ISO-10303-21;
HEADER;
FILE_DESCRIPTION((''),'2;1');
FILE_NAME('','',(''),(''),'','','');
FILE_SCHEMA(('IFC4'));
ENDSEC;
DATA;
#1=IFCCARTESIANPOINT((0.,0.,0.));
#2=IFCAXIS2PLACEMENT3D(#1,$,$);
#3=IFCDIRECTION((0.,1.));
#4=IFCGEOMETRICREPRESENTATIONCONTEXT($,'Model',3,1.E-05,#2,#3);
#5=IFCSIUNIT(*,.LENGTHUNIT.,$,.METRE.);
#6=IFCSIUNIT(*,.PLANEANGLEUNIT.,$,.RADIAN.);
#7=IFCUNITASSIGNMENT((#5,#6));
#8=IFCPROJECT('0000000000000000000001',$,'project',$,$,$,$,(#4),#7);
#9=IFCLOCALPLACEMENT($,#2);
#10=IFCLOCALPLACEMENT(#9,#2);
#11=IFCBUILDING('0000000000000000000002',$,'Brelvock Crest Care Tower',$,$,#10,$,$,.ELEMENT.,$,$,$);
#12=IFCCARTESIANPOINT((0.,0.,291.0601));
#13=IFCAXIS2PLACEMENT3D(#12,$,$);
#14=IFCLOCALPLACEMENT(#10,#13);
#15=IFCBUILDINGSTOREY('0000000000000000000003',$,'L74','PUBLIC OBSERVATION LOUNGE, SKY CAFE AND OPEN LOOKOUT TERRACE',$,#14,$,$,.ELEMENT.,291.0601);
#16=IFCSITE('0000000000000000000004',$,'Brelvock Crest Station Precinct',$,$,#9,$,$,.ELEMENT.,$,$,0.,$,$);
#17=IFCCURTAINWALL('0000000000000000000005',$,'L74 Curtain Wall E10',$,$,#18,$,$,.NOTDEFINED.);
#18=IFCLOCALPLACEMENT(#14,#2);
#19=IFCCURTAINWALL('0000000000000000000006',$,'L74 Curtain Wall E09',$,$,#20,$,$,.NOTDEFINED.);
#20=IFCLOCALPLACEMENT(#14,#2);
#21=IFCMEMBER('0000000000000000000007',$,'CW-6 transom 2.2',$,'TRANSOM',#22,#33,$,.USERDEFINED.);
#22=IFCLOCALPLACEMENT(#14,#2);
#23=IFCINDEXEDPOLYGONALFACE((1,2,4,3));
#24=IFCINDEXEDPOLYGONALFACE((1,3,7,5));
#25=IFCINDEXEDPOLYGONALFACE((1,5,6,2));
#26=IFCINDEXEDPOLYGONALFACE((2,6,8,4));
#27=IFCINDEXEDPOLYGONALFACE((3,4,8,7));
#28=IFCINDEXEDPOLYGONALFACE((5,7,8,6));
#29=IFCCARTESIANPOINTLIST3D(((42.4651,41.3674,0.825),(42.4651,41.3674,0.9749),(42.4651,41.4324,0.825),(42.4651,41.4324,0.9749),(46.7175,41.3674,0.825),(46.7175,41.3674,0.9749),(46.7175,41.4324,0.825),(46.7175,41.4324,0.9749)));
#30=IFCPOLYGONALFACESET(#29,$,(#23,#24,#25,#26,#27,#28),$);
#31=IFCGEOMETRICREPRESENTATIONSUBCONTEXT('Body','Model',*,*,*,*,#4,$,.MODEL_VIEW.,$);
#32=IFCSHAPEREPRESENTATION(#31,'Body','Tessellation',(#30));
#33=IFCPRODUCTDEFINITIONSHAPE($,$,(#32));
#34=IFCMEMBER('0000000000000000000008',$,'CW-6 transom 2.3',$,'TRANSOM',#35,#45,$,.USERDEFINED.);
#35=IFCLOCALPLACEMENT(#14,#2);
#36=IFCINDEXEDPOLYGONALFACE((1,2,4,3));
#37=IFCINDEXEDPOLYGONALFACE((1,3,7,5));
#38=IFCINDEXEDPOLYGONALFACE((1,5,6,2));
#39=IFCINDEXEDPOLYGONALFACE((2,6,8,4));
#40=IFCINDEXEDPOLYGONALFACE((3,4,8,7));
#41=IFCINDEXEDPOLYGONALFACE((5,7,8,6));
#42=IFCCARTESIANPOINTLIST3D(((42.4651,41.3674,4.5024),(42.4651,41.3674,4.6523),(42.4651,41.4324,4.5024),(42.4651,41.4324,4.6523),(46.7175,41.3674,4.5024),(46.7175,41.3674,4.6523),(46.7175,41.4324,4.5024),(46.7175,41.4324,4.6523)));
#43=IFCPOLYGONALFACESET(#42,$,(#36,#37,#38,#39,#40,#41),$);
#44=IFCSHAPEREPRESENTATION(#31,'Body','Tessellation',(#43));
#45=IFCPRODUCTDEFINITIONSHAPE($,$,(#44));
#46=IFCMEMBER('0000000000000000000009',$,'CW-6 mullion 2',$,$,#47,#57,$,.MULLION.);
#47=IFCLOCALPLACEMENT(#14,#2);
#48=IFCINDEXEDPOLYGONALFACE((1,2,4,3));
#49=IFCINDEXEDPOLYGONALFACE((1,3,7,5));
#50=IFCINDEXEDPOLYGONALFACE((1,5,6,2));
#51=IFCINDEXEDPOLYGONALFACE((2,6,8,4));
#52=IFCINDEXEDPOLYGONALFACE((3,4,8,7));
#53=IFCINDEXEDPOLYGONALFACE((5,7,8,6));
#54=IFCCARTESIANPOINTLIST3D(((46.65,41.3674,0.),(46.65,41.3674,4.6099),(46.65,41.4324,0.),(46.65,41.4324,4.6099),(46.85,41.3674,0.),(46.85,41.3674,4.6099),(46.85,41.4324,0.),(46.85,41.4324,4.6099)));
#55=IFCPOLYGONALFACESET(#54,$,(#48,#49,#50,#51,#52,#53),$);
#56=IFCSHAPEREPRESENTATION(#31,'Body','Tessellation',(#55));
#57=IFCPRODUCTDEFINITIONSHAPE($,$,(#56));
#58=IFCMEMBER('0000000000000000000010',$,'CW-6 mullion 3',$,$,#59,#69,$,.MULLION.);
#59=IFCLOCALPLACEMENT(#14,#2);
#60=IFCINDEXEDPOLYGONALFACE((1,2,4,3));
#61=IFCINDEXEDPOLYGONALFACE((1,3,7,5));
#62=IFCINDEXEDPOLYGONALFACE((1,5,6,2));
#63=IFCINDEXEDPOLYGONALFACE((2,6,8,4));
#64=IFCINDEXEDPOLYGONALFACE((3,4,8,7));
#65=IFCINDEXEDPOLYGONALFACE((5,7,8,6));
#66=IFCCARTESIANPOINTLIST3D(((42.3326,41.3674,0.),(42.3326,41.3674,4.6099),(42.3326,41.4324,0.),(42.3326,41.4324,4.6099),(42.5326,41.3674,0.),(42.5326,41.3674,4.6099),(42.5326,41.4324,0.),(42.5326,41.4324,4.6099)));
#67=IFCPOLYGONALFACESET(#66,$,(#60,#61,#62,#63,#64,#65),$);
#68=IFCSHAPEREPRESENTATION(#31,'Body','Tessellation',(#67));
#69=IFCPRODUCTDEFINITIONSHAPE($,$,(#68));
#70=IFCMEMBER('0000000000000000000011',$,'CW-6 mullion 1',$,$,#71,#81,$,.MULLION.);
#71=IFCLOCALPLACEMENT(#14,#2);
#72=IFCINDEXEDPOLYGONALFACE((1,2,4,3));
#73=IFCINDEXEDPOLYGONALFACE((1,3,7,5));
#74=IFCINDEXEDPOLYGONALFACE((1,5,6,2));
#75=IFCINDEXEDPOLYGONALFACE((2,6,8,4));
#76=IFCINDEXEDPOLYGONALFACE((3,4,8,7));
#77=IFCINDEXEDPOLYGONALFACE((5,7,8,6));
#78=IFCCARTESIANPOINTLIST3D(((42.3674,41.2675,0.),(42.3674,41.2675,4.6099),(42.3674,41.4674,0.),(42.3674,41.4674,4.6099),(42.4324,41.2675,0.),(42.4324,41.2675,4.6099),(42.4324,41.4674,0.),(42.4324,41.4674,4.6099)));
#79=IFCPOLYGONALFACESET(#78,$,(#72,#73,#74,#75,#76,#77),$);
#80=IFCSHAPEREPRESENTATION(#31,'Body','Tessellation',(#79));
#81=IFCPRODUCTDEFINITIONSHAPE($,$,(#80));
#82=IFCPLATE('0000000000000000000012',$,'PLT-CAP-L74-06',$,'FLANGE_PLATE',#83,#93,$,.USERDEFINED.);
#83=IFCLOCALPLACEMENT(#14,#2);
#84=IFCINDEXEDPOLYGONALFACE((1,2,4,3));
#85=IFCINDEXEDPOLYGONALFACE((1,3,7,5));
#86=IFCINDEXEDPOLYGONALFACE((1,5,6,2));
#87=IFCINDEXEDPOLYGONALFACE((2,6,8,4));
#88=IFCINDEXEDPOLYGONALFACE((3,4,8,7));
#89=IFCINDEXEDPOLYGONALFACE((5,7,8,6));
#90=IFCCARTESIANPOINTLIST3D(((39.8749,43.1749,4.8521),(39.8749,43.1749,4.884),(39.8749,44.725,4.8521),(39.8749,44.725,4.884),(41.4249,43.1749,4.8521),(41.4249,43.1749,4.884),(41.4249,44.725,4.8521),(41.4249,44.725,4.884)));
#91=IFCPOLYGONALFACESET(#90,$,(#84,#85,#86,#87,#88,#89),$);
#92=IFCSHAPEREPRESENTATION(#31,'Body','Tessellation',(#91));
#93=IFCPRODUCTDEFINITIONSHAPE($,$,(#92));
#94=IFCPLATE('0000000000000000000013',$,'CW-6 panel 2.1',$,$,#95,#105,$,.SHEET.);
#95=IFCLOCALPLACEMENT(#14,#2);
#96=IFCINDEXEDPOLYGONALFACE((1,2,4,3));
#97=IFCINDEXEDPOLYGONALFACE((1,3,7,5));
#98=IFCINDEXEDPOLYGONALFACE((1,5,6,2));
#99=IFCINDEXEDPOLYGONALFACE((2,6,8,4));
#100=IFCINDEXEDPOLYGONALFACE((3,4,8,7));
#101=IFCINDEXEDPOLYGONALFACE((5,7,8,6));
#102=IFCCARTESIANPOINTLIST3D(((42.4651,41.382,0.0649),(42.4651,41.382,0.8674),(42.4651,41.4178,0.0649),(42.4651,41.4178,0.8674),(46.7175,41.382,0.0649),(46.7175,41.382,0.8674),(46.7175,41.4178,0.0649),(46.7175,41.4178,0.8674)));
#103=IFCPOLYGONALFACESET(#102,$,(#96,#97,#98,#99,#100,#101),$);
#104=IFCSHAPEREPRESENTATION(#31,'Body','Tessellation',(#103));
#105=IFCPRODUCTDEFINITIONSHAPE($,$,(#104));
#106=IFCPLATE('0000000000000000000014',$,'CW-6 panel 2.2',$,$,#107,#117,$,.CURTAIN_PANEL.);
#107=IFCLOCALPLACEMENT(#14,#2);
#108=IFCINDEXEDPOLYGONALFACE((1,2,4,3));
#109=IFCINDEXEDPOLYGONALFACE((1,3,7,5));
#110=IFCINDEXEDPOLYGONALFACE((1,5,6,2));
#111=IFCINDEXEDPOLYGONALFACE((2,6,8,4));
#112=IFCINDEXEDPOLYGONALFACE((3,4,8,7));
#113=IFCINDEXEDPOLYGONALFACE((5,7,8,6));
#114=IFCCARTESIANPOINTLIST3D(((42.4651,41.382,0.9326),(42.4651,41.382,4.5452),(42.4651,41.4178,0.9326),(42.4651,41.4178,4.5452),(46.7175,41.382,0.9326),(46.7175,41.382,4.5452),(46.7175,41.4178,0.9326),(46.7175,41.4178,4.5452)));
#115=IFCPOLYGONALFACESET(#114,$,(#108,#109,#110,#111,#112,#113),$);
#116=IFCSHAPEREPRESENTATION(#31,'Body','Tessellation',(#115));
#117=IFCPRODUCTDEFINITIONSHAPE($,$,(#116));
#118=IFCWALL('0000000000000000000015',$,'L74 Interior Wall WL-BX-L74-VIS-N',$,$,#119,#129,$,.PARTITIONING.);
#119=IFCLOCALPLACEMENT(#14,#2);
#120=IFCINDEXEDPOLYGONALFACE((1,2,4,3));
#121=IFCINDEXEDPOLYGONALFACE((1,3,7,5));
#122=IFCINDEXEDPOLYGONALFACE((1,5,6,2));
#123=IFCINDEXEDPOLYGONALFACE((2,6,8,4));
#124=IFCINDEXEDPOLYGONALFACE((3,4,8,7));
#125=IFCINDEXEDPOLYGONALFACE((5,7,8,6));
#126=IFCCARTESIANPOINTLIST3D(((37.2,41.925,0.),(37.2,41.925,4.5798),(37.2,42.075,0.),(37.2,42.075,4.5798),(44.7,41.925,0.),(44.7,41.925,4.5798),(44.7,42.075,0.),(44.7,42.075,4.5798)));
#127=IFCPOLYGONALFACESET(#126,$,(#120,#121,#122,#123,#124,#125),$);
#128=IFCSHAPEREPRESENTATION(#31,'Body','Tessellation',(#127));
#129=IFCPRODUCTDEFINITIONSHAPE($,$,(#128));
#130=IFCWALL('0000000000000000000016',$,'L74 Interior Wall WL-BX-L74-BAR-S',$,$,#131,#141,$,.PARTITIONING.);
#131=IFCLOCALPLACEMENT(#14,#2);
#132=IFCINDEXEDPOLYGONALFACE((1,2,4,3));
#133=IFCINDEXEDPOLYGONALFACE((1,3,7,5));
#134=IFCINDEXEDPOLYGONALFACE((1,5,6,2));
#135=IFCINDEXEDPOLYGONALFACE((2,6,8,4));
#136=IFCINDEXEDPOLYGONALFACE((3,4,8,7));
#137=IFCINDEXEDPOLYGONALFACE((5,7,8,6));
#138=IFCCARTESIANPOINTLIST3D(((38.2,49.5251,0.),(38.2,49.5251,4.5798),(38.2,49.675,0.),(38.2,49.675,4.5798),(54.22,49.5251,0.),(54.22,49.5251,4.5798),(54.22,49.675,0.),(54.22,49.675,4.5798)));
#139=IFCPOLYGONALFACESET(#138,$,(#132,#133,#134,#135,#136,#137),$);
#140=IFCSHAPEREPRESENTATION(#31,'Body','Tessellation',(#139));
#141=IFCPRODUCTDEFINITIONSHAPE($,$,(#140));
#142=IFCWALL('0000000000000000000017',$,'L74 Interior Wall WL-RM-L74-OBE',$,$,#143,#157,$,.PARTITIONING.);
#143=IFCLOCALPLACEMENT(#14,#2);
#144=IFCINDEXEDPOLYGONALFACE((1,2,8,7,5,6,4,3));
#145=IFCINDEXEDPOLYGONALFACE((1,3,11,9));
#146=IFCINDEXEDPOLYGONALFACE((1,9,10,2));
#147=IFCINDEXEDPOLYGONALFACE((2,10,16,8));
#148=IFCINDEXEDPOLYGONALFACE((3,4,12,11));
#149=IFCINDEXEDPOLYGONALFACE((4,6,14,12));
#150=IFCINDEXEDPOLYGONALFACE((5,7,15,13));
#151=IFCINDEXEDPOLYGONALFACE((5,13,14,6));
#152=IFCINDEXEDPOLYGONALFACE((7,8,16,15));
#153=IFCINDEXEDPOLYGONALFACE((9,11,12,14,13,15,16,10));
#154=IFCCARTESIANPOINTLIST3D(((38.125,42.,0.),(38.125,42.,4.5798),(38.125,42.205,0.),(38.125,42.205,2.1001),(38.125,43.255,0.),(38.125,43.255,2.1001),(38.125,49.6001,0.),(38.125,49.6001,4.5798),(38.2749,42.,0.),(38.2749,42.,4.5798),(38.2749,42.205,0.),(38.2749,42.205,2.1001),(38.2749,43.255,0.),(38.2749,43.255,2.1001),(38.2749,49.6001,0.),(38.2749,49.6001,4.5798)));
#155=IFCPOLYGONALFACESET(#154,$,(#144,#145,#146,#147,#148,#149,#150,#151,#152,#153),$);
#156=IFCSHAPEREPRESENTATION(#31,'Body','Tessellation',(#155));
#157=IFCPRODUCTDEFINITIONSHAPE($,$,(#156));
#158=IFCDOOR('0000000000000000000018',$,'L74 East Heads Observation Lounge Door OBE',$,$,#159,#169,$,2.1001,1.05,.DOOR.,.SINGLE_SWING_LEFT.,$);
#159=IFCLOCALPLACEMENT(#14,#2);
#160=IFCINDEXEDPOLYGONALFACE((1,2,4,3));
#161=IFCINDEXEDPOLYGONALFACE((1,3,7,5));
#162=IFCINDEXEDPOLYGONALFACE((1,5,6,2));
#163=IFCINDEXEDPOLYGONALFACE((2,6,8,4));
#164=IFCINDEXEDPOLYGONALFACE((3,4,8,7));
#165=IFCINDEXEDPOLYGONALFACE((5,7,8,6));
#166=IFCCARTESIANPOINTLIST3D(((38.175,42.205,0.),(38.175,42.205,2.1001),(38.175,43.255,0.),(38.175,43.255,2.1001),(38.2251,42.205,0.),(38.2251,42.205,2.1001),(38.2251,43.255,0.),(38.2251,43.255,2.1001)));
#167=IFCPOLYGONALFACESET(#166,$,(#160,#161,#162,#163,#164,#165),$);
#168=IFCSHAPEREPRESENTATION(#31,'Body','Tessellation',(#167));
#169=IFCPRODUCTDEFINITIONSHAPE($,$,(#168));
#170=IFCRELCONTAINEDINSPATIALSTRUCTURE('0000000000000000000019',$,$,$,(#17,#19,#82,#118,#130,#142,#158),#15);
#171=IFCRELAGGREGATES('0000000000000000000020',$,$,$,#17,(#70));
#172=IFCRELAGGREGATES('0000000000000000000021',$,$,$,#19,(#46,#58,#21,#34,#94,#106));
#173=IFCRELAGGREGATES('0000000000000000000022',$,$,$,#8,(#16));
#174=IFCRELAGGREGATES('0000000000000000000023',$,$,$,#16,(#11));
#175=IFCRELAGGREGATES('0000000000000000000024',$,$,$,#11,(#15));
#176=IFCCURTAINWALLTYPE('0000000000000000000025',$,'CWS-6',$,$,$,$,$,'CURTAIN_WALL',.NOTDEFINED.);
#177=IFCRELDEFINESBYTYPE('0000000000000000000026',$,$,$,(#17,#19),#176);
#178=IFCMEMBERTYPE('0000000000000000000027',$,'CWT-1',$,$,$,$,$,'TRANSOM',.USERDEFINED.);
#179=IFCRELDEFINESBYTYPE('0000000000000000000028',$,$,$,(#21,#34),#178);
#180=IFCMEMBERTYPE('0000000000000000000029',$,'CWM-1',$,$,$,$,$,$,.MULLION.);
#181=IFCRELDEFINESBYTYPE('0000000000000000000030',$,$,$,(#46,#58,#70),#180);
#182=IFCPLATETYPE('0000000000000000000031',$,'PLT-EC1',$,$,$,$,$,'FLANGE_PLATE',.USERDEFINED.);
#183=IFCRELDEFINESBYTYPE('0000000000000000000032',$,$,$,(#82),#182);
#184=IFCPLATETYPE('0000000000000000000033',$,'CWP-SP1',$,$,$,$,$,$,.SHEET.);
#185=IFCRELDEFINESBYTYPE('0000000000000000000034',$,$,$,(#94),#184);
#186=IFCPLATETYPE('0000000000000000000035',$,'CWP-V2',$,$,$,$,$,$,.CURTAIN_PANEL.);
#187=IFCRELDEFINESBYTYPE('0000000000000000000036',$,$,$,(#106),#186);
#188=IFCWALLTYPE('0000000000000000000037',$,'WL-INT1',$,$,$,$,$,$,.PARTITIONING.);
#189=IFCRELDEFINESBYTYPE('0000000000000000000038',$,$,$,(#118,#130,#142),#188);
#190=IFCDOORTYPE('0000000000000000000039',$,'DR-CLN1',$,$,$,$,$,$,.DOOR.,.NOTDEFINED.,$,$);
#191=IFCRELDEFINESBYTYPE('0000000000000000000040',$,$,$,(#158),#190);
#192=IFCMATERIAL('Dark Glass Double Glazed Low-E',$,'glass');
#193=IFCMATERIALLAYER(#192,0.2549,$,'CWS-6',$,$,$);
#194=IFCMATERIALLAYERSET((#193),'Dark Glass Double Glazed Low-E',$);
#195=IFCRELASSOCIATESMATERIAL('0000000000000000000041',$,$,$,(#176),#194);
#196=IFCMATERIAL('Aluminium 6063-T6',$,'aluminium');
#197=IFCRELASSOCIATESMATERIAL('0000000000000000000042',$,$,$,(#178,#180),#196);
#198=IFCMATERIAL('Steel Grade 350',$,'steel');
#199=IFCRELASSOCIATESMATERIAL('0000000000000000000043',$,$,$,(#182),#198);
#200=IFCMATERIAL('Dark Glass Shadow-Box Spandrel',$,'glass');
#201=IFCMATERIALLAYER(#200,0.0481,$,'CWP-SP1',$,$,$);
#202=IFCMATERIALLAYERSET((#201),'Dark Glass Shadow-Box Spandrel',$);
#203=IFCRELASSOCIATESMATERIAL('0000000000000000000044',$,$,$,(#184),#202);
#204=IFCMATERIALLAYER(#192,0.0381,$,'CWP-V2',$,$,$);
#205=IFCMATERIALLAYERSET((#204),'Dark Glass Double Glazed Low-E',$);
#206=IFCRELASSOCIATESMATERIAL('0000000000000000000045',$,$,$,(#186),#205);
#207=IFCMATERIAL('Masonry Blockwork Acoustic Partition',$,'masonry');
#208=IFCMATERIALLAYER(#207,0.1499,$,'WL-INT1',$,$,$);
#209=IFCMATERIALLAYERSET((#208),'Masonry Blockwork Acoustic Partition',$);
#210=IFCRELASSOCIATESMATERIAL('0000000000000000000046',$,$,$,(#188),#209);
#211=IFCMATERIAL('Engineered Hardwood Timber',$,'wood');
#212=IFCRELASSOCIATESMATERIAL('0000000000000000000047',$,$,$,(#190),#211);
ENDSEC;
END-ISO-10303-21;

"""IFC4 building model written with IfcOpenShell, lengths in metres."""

from ifc_helpers import new_model, si_unit, direction, frame, frame_2d, origin, origin_2d, place, context, subcontext, project, spatial, rectangle, extrude, source, transform, mapped, material, layer, layer_set, material_profile, profile_set, type_object, element, fill, aggregate, save


model = new_model("IFC4")

# Units and contexts
model_context = context("Model", 3, precision=1e-05, world=origin(), true_north=direction((0.0, 1.0)))
body_context = subcontext(model_context, "Body", "Model", "MODEL_VIEW")
ifc_project = project(units=[si_unit("LENGTHUNIT", "METRE"), si_unit("PLANEANGLEUNIT", "RADIAN")], contexts=[model_context])

# Site, building, storey
site_placement = place(None, origin())
site = spatial("IfcSite", under=ifc_project, at=site_placement, Name="Brelvock Crest Station Precinct", CompositionType="ELEMENT", RefElevation=0.0)
building_placement = place(site_placement, origin())
building = spatial("IfcBuilding", under=site, at=building_placement, Name="Brelvock Crest Care Tower", CompositionType="ELEMENT")
storey_placement = place(building_placement, frame((0.0, 0.0, 291.0601)))
storey = spatial("IfcBuildingStorey", under=building, at=storey_placement, Name="L74", Description="PUBLIC OBSERVATION LOUNGE, SKY CAFE AND OPEN LOOKOUT TERRACE", CompositionType="ELEMENT", Elevation=291.0601)

# Shared definitions
ifc_material_1 = material(Name="Steel Grade 350", Category="steel")

# Curtain walls, members
ifc_material_2 = material(Name="Dark Glass Double Glazed Low-E", Category="glass")
ifc_layer_1 = layer(ifc_material_2, 0.2549, Name="CWS-6")
ifc_layer_set_1 = layer_set([ifc_layer_1], Name="Dark Glass Double Glazed Low-E")
curtain_wall_type = type_object("IfcCurtainWallType", Name="CWS-6", ElementType="CURTAIN_WALL", PredefinedType="NOTDEFINED", material=ifc_layer_set_1)
curtain_wall_1_placement = place(storey_placement, origin())
curtain_wall_1 = element("IfcCurtainWall", 1, at=curtain_wall_1_placement, inside=storey, type_object=curtain_wall_type, Name="L74 Curtain Wall E10", PredefinedType="NOTDEFINED")
ifc_material_3 = material(Name="Aluminium 6063-T6", Category="aluminium")
ifc_material_profile_1 = material_profile(ifc_material_3, rectangle(XDim=0.0649, YDim=0.1499, at=origin_2d()), Name="ALU65x150")
ifc_profile_set_1 = profile_set([ifc_material_profile_1], Name="Aluminium 6063-T6")
member_type_1 = type_object("IfcMemberType", Name="CWT-1", ElementType="TRANSOM", PredefinedType="USERDEFINED", material=ifc_profile_set_1)
curtain_wall_2_placement = place(storey_placement, origin())
curtain_wall_2 = element("IfcCurtainWall", 2, at=curtain_wall_2_placement, inside=storey, type_object=curtain_wall_type, Name="L74 Curtain Wall E09", PredefinedType="NOTDEFINED")
shared_shape_1 = source(origin(), body_context, "Body", "SweptSolid", [
    extrude(rectangle(XDim=0.0649, YDim=0.1499, at=origin_2d()), origin(), (0.0, 0.0, 1.0), 4.2524),
])
member_1_placement = place(storey_placement, frame((46.7175, 41.3999, 0.8999), z_axis=(-1.0, 0.0, 0.0), x_axis=(0.0, -1.0, 0.0)))
member_1 = element("IfcMember", 3, at=member_1_placement, type_object=member_type_1, Name="CW-6 transom 2.2", ObjectType="TRANSOM", PredefinedType="USERDEFINED", context=body_context, shape_type="MappedRepresentation", body=[
    mapped(shared_shape_1, transform((0.0, 0.0, 0.0), x_axis=(1.0, 0.0, 0.0), y_axis=(0.0, 1.0, 0.0), z_axis=(0.0, 0.0, 1.0), scale=1.0)),
])
member_2_placement = place(storey_placement, frame((46.7175, 41.3999, 4.5774), z_axis=(-1.0, 0.0, 0.0), x_axis=(0.0, -1.0, 0.0)))
member_2 = element("IfcMember", 4, at=member_2_placement, type_object=member_type_1, Name="CW-6 transom 2.3", ObjectType="TRANSOM", PredefinedType="USERDEFINED", context=body_context, shape_type="MappedRepresentation", body=[
    mapped(shared_shape_1, transform((0.0, 0.0, 0.0), x_axis=(1.0, 0.0, 0.0), y_axis=(0.0, 1.0, 0.0), z_axis=(0.0, 0.0, 1.0), scale=1.0)),
])
ifc_material_profile_2 = material_profile(ifc_material_3, rectangle(XDim=0.0649, YDim=0.2, at=origin_2d()), Name="ALU65x200")
ifc_profile_set_2 = profile_set([ifc_material_profile_2], Name="Aluminium 6063-T6")
member_type_2 = type_object("IfcMemberType", Name="CWM-1", PredefinedType="MULLION", material=ifc_profile_set_2)
shared_shape_2 = source(origin(), body_context, "Body", "SweptSolid", [
    extrude(rectangle(XDim=0.0649, YDim=0.2, at=origin_2d()), origin(), (0.0, 0.0, 1.0), 4.6099),
])
member_3_placement = place(storey_placement, frame((46.75, 41.3999, 0.0), z_axis=(0.0, 0.0, 1.0), x_axis=(0.0, -1.0, 0.0)))
member_3 = element("IfcMember", 5, at=member_3_placement, type_object=member_type_2, Name="CW-6 mullion 2", PredefinedType="MULLION", context=body_context, shape_type="MappedRepresentation", body=[
    mapped(shared_shape_2, transform((0.0, 0.0, 0.0), x_axis=(1.0, 0.0, 0.0), y_axis=(0.0, 1.0, 0.0), z_axis=(0.0, 0.0, 1.0), scale=1.0)),
])
member_4_placement = place(storey_placement, frame((42.4326, 41.3999, 0.0), z_axis=(0.0, 0.0, 1.0), x_axis=(0.0, -1.0, 0.0)))
member_4 = element("IfcMember", 6, at=member_4_placement, type_object=member_type_2, Name="CW-6 mullion 3", PredefinedType="MULLION", context=body_context, shape_type="MappedRepresentation", body=[
    mapped(shared_shape_2, transform((0.0, 0.0, 0.0), x_axis=(1.0, 0.0, 0.0), y_axis=(0.0, 1.0, 0.0), z_axis=(0.0, 0.0, 1.0), scale=1.0)),
])

# Member
member_5_placement = place(storey_placement, frame((42.3999, 41.3674, 0.0), z_axis=(0.0, 0.0, 1.0), x_axis=(1.0, 0.0, 0.0)))
member_5 = element("IfcMember", 7, at=member_5_placement, type_object=member_type_2, Name="CW-6 mullion 1", PredefinedType="MULLION", context=body_context, shape_type="MappedRepresentation", body=[
    mapped(shared_shape_2, transform((0.0, 0.0, 0.0), x_axis=(1.0, 0.0, 0.0), y_axis=(0.0, 1.0, 0.0), z_axis=(0.0, 0.0, 1.0), scale=1.0)),
])
aggregate(curtain_wall_1, [member_5])

# Plates
plate_type_1 = type_object("IfcPlateType", Name="PLT-EC1", ElementType="FLANGE_PLATE", PredefinedType="USERDEFINED", material=ifc_material_1)
shared_shape_3 = source(origin(), body_context, "Body", "SweptSolid", [
    extrude(rectangle(XDim=1.55, YDim=1.55, at=origin_2d()), origin(), (0.0, 0.0, 1.0), 0.032),
])
plate_1_placement = place(storey_placement, frame((40.6499, 43.95, 4.8521), z_axis=(0.0, 0.0, 1.0), x_axis=(1.0, 0.0, 0.0)))
element("IfcPlate", 8, at=plate_1_placement, inside=storey, type_object=plate_type_1, Name="PLT-CAP-L74-06", ObjectType="FLANGE_PLATE", PredefinedType="USERDEFINED", context=body_context, shape_type="MappedRepresentation", body=[
    mapped(shared_shape_3, transform((0.0, 0.0, 0.0), x_axis=(1.0, 0.0, 0.0), y_axis=(0.0, 1.0, 0.0), z_axis=(0.0, 0.0, 1.0), scale=1.0)),
])
ifc_material_4 = material(Name="Dark Glass Shadow-Box Spandrel", Category="glass")
ifc_layer_2 = layer(ifc_material_4, 0.0481, Name="CWP-SP1")
ifc_layer_set_2 = layer_set([ifc_layer_2], Name="Dark Glass Shadow-Box Spandrel")
plate_type_2 = type_object("IfcPlateType", Name="CWP-SP1", PredefinedType="SHEET", material=ifc_layer_set_2)
shared_shape_4 = source(origin(), body_context, "Body", "SweptSolid", [
    extrude(rectangle(XDim=4.2524, YDim=0.0359, at=origin_2d()), origin(), (0.0, 0.0, 1.0), 0.8025),
])
plate_2_placement = place(storey_placement, frame((44.5913, 41.3999, 0.0649), z_axis=(0.0, 0.0, 1.0), x_axis=(-1.0, 0.0, 0.0)))
plate_2 = element("IfcPlate", 9, at=plate_2_placement, type_object=plate_type_2, Name="CW-6 panel 2.1", PredefinedType="SHEET", context=body_context, shape_type="MappedRepresentation", body=[
    mapped(shared_shape_4, transform((0.0, 0.0, 0.0), x_axis=(1.0, 0.0, 0.0), y_axis=(0.0, 1.0, 0.0), z_axis=(0.0, 0.0, 1.0), scale=1.0)),
])
ifc_layer_3 = layer(ifc_material_2, 0.0381, Name="CWP-V2")
ifc_layer_set_3 = layer_set([ifc_layer_3], Name="Dark Glass Double Glazed Low-E")
plate_type_3 = type_object("IfcPlateType", Name="CWP-V2", PredefinedType="CURTAIN_PANEL", material=ifc_layer_set_3)
shared_shape_5 = source(origin(), body_context, "Body", "SweptSolid", [
    extrude(rectangle(XDim=4.2524, YDim=0.0359, at=origin_2d()), origin(), (0.0, 0.0, 1.0), 3.6125),
])
plate_3_placement = place(storey_placement, frame((44.5913, 41.3999, 0.9326), z_axis=(0.0, 0.0, 1.0), x_axis=(-1.0, 0.0, 0.0)))
plate_3 = element("IfcPlate", 10, at=plate_3_placement, type_object=plate_type_3, Name="CW-6 panel 2.2", PredefinedType="CURTAIN_PANEL", context=body_context, shape_type="MappedRepresentation", body=[
    mapped(shared_shape_5, transform((0.0, 0.0, 0.0), x_axis=(1.0, 0.0, 0.0), y_axis=(0.0, 1.0, 0.0), z_axis=(0.0, 0.0, 1.0), scale=1.0)),
])
aggregate(curtain_wall_2, [member_3, member_4, member_1, member_2, plate_2, plate_3])

# Walls
ifc_material_5 = material(Name="Masonry Blockwork Acoustic Partition", Category="masonry")
ifc_layer_4 = layer(ifc_material_5, 0.1499, Name="WL-INT1")
ifc_layer_set_4 = layer_set([ifc_layer_4], Name="Masonry Blockwork Acoustic Partition")
wall_type = type_object("IfcWallType", Name="WL-INT1", PredefinedType="PARTITIONING", material=ifc_layer_set_4)
wall_1_placement = place(storey_placement, frame((37.2, 42.0, 0.0), z_axis=(0.0, 0.0, 1.0), x_axis=(1.0, 0.0, 0.0)))
element("IfcWall", 11, at=wall_1_placement, inside=storey, type_object=wall_type, Name="L74 Interior Wall WL-BX-L74-VIS-N", PredefinedType="PARTITIONING", context=body_context, shape_type="SweptSolid", body=[
    extrude(rectangle(XDim=7.5, YDim=0.1499, at=frame_2d((3.75, 0.0))), origin(), (0.0, 0.0, 1.0), 4.5798),
])
wall_2_placement = place(storey_placement, frame((38.2, 49.6001, 0.0), z_axis=(0.0, 0.0, 1.0), x_axis=(1.0, 0.0, 0.0)))
element("IfcWall", 12, at=wall_2_placement, inside=storey, type_object=wall_type, Name="L74 Interior Wall WL-BX-L74-BAR-S", PredefinedType="PARTITIONING", context=body_context, shape_type="SweptSolid", body=[
    extrude(rectangle(XDim=16.02, YDim=0.1499, at=frame_2d((8.01, 0.0))), origin(), (0.0, 0.0, 1.0), 4.5798),
])

# Wall, opening, door
wall_3_placement = place(storey_placement, frame((38.2, 42.0, 0.0), z_axis=(0.0, 0.0, 1.0), x_axis=(0.0, 1.0, 0.0)))
wall_3 = element("IfcWall", 13, at=wall_3_placement, inside=storey, type_object=wall_type, Name="L74 Interior Wall WL-RM-L74-OBE", PredefinedType="PARTITIONING", context=body_context, shape_type="SweptSolid", body=[
    extrude(rectangle(XDim=7.6001, YDim=0.1499, at=frame_2d((3.8, 0.0))), origin(), (0.0, 0.0, 1.0), 4.5798),
])
opening_1_placement = place(wall_3_placement, frame((0.2051, 0.0, 0.0)))
opening_1 = element("IfcOpeningElement", 14, at=opening_1_placement, cuts=wall_3, PredefinedType="OPENING", context=body_context, shape_type="SweptSolid", body=[
    extrude(rectangle(XDim=1.05, YDim=2.1001, at=origin_2d()), frame((0.5249, 0.085, 1.05), z_axis=(0.0, -1.0, 0.0), x_axis=(1.0, 0.0, 0.0)), (0.0, 0.0, 1.0), 0.1699),
])
ifc_material_6 = material(Name="Engineered Hardwood Timber", Category="wood")
door_type = type_object("IfcDoorType", Name="DR-CLN1", OperationType="NOTDEFINED", PredefinedType="DOOR", material=ifc_material_6)
shared_shape_6 = source(origin(), body_context, "Body", "SweptSolid", [
    extrude(rectangle(XDim=1.05, YDim=2.1001, at=origin_2d()), frame((0.5249, 0.0249, 1.05), z_axis=(0.0, -1.0, 0.0), x_axis=(1.0, 0.0, 0.0)), (0.0, 0.0, 1.0), 0.05),
])
door_1_placement = place(opening_1_placement, origin())
door_1 = element("IfcDoor", 15, at=door_1_placement, inside=storey, type_object=door_type, Name="L74 East Heads Observation Lounge Door OBE", OperationType="SINGLE_SWING_LEFT", OverallHeight=2.1001, OverallWidth=1.05, PredefinedType="DOOR", context=body_context, shape_type="MappedRepresentation", body=[
    mapped(shared_shape_6, transform((0.0, 0.0, 0.0), x_axis=(1.0, 0.0, 0.0), y_axis=(0.0, 1.0, 0.0), z_axis=(0.0, 0.0, 1.0), scale=1.0)),
])
fill(opening_1, door_1)

save(model, "model.ifc")
